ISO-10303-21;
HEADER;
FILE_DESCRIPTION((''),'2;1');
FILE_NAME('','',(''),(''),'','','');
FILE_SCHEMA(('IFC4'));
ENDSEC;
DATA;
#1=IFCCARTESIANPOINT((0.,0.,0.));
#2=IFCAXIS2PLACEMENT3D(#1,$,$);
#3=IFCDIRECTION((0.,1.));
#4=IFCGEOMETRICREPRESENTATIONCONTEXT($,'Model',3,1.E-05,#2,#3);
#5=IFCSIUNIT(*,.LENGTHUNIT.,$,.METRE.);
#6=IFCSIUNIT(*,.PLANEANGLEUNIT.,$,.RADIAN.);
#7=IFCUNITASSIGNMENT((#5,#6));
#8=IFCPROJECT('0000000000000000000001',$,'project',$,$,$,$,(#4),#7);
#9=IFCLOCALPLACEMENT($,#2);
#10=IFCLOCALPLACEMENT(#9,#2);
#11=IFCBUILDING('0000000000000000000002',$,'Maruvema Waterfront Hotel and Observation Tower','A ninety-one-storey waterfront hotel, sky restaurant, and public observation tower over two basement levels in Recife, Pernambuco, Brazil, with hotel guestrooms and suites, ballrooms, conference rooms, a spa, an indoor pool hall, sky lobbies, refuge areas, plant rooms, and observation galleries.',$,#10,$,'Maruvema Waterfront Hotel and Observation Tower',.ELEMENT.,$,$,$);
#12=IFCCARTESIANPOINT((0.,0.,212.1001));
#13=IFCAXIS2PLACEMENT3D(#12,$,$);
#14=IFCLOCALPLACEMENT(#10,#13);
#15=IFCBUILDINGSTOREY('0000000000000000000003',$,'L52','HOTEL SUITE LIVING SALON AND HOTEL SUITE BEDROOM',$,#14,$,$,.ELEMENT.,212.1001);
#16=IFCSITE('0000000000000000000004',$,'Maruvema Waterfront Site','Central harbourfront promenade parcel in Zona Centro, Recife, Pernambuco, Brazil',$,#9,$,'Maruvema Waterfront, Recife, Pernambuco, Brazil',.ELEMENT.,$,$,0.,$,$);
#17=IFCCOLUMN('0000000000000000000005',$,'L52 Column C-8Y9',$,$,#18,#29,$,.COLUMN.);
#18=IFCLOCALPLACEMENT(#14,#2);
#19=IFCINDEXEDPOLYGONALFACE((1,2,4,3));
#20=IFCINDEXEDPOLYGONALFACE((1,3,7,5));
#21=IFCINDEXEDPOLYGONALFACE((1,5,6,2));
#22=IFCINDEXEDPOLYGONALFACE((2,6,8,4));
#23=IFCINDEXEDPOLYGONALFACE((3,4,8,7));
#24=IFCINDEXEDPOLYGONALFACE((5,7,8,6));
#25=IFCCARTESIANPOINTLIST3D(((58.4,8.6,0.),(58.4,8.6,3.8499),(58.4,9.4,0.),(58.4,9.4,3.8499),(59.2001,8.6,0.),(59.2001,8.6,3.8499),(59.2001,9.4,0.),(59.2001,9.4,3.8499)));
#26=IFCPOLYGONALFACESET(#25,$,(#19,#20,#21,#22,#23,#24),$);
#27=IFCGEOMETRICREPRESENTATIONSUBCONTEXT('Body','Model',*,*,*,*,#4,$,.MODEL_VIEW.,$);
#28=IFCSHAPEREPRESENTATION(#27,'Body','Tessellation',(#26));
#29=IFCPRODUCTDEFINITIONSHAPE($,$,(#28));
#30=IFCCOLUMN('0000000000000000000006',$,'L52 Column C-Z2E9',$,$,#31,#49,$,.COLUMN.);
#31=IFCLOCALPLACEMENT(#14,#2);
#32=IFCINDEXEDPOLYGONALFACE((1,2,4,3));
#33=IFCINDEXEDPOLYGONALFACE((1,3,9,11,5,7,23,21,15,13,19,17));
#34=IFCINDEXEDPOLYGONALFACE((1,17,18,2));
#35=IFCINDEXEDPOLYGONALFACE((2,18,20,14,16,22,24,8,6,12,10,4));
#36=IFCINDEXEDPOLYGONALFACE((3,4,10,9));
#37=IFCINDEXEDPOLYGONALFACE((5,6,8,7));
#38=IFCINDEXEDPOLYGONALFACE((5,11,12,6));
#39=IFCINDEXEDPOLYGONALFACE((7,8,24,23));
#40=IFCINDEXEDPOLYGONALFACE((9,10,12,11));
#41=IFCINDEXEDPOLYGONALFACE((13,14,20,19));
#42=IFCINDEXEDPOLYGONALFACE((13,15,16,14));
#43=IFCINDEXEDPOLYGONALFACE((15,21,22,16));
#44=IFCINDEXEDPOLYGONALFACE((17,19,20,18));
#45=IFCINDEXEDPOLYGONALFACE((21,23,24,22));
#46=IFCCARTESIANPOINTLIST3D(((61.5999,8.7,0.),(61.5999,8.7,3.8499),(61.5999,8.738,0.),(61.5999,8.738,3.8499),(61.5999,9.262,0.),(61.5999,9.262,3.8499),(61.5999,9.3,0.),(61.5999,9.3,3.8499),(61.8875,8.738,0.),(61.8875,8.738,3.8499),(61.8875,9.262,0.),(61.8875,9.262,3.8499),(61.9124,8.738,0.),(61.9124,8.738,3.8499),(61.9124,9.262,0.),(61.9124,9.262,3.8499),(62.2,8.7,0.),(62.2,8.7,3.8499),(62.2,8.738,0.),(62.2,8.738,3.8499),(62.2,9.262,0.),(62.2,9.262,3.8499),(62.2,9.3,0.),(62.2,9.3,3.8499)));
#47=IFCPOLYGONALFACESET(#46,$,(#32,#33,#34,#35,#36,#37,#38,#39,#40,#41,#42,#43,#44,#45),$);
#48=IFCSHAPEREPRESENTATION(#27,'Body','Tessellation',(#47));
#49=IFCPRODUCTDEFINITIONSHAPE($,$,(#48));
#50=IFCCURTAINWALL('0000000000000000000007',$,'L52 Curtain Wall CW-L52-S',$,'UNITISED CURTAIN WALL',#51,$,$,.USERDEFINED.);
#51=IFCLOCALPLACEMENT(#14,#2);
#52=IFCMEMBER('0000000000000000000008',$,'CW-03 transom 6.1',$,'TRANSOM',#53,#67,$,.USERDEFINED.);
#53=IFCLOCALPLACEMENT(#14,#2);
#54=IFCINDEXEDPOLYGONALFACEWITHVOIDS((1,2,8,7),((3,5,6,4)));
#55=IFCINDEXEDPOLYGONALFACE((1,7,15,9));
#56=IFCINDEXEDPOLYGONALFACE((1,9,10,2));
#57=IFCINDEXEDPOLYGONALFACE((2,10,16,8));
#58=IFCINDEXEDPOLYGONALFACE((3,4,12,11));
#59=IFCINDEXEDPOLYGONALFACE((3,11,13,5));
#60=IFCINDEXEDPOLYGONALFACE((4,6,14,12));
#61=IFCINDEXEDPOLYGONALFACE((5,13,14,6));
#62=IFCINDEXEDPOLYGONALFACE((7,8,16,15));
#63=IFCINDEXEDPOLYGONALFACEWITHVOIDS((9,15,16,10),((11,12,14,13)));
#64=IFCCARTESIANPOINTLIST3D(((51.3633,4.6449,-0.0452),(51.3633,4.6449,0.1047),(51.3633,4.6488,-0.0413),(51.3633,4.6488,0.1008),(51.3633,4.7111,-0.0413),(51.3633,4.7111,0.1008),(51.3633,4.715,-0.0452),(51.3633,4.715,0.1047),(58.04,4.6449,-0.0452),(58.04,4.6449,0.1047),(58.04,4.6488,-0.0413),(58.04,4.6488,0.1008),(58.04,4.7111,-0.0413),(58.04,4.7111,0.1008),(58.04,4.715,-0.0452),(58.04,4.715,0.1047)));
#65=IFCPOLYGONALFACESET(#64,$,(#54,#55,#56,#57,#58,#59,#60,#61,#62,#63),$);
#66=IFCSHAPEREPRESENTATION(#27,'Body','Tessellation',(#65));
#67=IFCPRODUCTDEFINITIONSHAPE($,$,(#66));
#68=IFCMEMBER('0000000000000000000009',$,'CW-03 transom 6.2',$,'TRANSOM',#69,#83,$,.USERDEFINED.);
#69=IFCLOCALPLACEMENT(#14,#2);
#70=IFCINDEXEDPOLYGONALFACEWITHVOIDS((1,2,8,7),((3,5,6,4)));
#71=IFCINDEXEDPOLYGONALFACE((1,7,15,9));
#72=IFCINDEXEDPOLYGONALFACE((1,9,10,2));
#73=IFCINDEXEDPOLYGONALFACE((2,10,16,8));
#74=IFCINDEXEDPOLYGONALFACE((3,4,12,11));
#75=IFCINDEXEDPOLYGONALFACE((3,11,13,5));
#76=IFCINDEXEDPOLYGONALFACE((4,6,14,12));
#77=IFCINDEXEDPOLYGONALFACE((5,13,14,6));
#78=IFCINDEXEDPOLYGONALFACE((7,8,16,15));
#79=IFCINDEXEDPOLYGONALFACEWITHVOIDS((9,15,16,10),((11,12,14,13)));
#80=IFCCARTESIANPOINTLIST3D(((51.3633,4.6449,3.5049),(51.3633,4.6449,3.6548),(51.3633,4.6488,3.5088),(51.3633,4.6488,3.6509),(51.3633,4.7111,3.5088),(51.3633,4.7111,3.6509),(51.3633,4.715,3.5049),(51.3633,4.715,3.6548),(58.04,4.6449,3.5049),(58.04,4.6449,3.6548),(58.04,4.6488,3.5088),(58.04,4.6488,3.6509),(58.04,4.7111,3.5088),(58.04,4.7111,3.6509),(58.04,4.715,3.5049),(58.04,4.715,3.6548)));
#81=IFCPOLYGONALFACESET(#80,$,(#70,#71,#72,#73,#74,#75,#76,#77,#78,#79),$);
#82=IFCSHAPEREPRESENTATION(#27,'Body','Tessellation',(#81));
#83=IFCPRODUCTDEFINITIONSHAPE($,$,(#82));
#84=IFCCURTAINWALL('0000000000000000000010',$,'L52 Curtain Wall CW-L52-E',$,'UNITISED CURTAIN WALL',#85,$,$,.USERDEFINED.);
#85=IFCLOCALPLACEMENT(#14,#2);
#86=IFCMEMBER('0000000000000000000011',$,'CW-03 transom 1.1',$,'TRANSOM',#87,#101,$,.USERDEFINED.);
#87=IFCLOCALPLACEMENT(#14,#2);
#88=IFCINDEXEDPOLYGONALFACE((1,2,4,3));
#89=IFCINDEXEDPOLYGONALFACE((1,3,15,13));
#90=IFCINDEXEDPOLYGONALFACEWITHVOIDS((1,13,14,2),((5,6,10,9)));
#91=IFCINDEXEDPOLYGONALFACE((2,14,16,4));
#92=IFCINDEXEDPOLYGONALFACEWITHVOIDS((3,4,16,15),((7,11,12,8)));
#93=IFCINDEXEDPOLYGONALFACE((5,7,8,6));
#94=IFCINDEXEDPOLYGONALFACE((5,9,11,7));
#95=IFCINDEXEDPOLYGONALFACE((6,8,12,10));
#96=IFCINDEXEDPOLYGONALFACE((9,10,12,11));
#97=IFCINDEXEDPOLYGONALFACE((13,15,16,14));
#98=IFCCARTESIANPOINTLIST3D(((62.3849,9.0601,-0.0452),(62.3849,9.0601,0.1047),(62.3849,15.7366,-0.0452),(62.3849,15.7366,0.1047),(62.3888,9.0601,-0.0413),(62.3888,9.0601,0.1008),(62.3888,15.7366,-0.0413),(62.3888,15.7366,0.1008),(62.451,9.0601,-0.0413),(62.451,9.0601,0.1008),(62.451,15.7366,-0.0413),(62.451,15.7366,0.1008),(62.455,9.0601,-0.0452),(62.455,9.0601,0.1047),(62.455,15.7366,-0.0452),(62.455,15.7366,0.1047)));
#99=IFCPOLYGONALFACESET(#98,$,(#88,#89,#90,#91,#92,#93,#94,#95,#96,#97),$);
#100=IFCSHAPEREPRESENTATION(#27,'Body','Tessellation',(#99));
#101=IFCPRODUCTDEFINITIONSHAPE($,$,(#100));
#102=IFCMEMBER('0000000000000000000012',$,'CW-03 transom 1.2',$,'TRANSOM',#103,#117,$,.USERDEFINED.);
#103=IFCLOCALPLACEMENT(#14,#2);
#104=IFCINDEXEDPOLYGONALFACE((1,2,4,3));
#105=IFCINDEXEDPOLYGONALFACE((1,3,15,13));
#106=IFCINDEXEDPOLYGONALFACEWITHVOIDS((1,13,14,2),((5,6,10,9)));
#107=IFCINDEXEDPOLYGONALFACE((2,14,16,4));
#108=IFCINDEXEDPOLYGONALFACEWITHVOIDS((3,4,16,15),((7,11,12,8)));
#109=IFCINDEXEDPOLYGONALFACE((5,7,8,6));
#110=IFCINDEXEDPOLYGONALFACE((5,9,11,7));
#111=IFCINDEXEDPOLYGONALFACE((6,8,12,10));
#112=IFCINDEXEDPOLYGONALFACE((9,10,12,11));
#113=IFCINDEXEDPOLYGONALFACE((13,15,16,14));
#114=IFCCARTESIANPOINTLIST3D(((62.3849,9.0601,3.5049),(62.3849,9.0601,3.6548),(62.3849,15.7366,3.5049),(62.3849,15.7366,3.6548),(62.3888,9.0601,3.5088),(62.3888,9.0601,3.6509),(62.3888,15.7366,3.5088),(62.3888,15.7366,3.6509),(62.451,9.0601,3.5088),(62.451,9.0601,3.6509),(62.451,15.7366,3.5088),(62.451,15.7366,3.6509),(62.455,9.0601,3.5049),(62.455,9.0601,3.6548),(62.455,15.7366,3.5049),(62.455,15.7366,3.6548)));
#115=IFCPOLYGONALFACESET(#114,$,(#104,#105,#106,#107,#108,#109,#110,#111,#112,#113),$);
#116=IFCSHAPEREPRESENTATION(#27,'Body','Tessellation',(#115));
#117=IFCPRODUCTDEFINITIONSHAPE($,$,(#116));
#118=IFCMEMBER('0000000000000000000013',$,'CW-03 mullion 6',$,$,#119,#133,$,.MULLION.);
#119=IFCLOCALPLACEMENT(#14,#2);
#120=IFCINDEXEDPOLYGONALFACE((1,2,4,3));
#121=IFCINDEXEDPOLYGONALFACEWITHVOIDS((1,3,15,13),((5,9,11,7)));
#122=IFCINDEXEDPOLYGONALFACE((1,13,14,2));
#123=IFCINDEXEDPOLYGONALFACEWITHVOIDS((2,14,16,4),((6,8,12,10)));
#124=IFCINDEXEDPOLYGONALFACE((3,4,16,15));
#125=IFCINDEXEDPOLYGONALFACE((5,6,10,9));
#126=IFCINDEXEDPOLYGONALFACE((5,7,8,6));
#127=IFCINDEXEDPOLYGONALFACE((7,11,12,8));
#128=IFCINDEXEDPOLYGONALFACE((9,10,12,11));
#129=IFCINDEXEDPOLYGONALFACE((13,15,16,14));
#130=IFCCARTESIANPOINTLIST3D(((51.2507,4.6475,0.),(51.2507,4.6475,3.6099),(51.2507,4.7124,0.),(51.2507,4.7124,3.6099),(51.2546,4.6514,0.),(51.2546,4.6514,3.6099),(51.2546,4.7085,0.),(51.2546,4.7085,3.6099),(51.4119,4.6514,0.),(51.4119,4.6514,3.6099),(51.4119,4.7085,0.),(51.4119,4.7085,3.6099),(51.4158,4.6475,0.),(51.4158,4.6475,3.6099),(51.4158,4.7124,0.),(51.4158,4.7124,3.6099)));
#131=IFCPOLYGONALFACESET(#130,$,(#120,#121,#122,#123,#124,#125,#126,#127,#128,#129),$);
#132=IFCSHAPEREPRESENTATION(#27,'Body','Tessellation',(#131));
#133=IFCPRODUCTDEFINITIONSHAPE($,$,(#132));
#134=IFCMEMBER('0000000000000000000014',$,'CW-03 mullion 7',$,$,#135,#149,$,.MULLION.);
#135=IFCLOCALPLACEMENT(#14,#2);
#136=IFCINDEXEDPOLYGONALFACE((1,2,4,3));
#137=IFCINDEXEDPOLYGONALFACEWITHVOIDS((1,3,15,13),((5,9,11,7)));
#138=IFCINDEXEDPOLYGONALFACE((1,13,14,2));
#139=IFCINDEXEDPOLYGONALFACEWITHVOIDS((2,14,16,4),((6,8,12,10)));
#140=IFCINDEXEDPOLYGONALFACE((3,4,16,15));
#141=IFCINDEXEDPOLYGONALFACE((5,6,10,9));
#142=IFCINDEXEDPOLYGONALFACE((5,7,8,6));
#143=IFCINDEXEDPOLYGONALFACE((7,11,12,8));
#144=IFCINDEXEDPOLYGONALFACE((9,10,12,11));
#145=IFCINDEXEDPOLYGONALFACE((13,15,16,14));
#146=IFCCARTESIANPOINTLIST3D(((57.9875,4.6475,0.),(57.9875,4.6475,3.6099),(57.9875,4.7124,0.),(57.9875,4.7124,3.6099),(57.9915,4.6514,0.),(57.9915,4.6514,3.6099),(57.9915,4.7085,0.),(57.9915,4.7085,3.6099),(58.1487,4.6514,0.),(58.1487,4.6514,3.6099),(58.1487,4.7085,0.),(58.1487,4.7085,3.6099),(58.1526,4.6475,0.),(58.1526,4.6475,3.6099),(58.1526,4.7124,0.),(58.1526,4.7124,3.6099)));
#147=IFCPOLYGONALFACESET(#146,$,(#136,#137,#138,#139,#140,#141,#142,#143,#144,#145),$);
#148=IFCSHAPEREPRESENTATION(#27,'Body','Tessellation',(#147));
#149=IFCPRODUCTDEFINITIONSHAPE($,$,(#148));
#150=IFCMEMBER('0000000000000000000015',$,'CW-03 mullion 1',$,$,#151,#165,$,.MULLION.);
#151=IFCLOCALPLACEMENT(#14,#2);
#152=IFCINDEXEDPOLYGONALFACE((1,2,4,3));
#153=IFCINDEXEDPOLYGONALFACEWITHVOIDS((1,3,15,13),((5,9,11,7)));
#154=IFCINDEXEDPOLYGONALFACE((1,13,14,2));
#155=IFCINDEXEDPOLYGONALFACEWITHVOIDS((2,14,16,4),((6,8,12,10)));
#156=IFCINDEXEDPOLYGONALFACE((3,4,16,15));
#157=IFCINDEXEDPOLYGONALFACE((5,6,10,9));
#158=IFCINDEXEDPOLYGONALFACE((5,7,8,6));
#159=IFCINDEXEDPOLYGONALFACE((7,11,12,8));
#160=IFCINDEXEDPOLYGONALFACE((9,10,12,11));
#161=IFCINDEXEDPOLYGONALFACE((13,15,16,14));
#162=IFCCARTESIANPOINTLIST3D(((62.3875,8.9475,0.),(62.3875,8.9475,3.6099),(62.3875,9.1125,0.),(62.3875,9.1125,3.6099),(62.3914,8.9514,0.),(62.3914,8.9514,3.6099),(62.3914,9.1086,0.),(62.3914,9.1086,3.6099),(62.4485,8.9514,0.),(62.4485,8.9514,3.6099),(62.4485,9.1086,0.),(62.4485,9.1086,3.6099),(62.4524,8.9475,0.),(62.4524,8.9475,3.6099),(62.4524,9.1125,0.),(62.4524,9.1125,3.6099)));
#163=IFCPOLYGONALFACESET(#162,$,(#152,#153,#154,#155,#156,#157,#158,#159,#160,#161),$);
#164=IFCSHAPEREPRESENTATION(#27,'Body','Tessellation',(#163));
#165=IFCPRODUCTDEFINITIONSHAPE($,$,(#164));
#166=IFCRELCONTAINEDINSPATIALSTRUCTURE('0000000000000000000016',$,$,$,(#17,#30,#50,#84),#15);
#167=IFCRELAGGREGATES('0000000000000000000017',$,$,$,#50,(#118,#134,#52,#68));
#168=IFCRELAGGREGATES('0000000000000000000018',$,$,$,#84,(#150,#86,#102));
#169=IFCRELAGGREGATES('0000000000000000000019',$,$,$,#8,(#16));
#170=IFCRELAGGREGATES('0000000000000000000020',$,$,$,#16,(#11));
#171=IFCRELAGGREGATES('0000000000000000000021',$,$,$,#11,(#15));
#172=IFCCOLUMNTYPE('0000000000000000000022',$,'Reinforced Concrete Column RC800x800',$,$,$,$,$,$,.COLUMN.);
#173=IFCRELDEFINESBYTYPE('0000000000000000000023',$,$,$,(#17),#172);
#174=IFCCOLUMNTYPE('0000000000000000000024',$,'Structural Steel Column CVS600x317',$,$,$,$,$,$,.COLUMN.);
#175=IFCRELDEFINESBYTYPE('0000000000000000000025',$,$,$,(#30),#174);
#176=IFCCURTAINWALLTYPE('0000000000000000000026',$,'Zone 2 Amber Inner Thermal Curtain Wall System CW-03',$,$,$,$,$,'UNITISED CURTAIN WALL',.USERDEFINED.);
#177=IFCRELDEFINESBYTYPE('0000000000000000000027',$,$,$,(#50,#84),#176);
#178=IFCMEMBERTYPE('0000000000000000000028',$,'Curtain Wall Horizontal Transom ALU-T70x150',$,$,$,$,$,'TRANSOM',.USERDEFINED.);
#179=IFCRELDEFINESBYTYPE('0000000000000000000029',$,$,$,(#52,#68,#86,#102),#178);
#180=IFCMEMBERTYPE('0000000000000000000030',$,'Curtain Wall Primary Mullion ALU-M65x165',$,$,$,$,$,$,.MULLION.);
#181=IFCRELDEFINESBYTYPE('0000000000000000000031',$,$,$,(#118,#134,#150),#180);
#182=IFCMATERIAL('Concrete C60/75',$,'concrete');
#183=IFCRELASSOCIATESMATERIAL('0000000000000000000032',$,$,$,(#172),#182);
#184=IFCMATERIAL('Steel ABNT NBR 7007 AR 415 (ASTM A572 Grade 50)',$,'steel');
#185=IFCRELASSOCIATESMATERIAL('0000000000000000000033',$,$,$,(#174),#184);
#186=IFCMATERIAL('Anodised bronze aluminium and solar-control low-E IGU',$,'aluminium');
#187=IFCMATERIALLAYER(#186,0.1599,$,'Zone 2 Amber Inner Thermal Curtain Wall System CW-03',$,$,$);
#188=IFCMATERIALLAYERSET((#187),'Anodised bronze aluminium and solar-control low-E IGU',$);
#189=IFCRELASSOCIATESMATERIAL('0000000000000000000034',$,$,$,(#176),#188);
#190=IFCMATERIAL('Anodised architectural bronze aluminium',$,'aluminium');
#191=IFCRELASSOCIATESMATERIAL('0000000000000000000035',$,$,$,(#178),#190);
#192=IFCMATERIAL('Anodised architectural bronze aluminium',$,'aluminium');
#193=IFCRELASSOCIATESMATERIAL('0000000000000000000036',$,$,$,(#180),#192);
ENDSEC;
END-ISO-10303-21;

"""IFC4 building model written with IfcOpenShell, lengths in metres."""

from ifc_helpers import new_model, si_unit, direction, frame, origin, origin_2d, place, context, subcontext, project, spatial, rectangle, hollow_rectangle, i_section, extrude, material, layer, layer_set, material_profile, profile_set, type_object, element, aggregate, save


model = new_model("IFC4")

# Units and contexts
model_context = context("Model", 3, precision=1e-05, world=origin(), true_north=direction((0.0, 1.0)))
body_context = subcontext(model_context, "Body", "Model", "MODEL_VIEW")
ifc_project = project(units=[si_unit("LENGTHUNIT", "METRE"), si_unit("PLANEANGLEUNIT", "RADIAN")], contexts=[model_context])

# Site, building, storey
site_placement = place(None, origin())
site = spatial("IfcSite", under=ifc_project, at=site_placement, Name="Maruvema Waterfront Site", Description="Central harbourfront promenade parcel in Zona Centro, Recife, Pernambuco, Brazil", LongName="Maruvema Waterfront, Recife, Pernambuco, Brazil", CompositionType="ELEMENT", RefElevation=0.0)
building_placement = place(site_placement, origin())
building = spatial("IfcBuilding", under=site, at=building_placement, Name="Maruvema Waterfront Hotel and Observation Tower", Description="A ninety-one-storey waterfront hotel, sky restaurant, and public observation tower over two basement levels in Recife, Pernambuco, Brazil, with hotel guestrooms and suites, ballrooms, conference rooms, a spa, an indoor pool hall, sky lobbies, refuge areas, plant rooms, and observation galleries.", LongName="Maruvema Waterfront Hotel and Observation Tower", CompositionType="ELEMENT")
storey_placement = place(building_placement, frame((0.0, 0.0, 212.1001)))
storey = spatial("IfcBuildingStorey", under=building, at=storey_placement, Name="L52", Description="HOTEL SUITE LIVING SALON AND HOTEL SUITE BEDROOM", CompositionType="ELEMENT", Elevation=212.1001)

# Columns
ifc_material_1 = material(Name="Concrete C60/75", Category="concrete")
ifc_material_profile_1 = material_profile(ifc_material_1, rectangle(XDim=0.8, YDim=0.8, at=origin_2d()), Name="RC800x800")
ifc_profile_set_1 = profile_set([ifc_material_profile_1], Name="Concrete C60/75")
column_type_1 = type_object("IfcColumnType", Name="Reinforced Concrete Column RC800x800", PredefinedType="COLUMN", material=ifc_profile_set_1)
column_1_placement = place(storey_placement, frame((58.8, 9.0, 0.0), z_axis=(0.0, 0.0, 1.0), x_axis=(1.0, 0.0, 0.0)))
element("IfcColumn", 1, at=column_1_placement, inside=storey, type_object=column_type_1, Name="L52 Column C-8Y9", PredefinedType="COLUMN", context=body_context, shape_type="SweptSolid", body=[
    extrude(rectangle(XDim=0.8, YDim=0.8, at=origin_2d()), origin(), (0.0, 0.0, 1.0), 3.8499),
])
ifc_material_2 = material(Name="Steel ABNT NBR 7007 AR 415 (ASTM A572 Grade 50)", Category="steel")
ifc_material_profile_2 = material_profile(ifc_material_2, i_section(OverallWidth=0.6001, OverallDepth=0.6001, WebThickness=0.0249, FlangeThickness=0.0381, at=origin_2d()), Name="CVS600x317")
ifc_profile_set_2 = profile_set([ifc_material_profile_2], Name="Steel ABNT NBR 7007 AR 415 (ASTM A572 Grade 50)")
column_type_2 = type_object("IfcColumnType", Name="Structural Steel Column CVS600x317", PredefinedType="COLUMN", material=ifc_profile_set_2)
column_2_placement = place(storey_placement, frame((61.8999, 9.0, 0.0), z_axis=(0.0, 0.0, 1.0), x_axis=(1.0, 0.0, 0.0)))
element("IfcColumn", 2, at=column_2_placement, inside=storey, type_object=column_type_2, Name="L52 Column C-Z2E9", PredefinedType="COLUMN", context=body_context, shape_type="SweptSolid", body=[
    extrude(i_section(OverallWidth=0.6001, OverallDepth=0.6001, WebThickness=0.0249, FlangeThickness=0.0381, at=origin_2d()), origin(), (0.0, 0.0, 1.0), 3.8499),
])

# Curtain walls, members
ifc_material_3 = material(Name="Anodised bronze aluminium and solar-control low-E IGU", Category="aluminium")
ifc_layer_1 = layer(ifc_material_3, 0.1599, Name="Zone 2 Amber Inner Thermal Curtain Wall System CW-03")
ifc_layer_set_1 = layer_set([ifc_layer_1], Name="Anodised bronze aluminium and solar-control low-E IGU")
curtain_wall_type = type_object("IfcCurtainWallType", Name="Zone 2 Amber Inner Thermal Curtain Wall System CW-03", ElementType="UNITISED CURTAIN WALL", PredefinedType="USERDEFINED", material=ifc_layer_set_1)
curtain_wall_1_placement = place(storey_placement, origin())
curtain_wall_1 = element("IfcCurtainWall", 3, at=curtain_wall_1_placement, inside=storey, type_object=curtain_wall_type, Name="L52 Curtain Wall CW-L52-S", ObjectType="UNITISED CURTAIN WALL", PredefinedType="USERDEFINED")
ifc_material_4 = material(Name="Anodised architectural bronze aluminium", Category="aluminium")
ifc_material_profile_3 = material_profile(ifc_material_4, hollow_rectangle(XDim=0.0701, YDim=0.1499, WallThickness=0.0039, at=origin_2d()), Name="ALU-T70x150")
ifc_profile_set_3 = profile_set([ifc_material_profile_3], Name="Anodised architectural bronze aluminium")
member_type_1 = type_object("IfcMemberType", Name="Curtain Wall Horizontal Transom ALU-T70x150", ElementType="TRANSOM", PredefinedType="USERDEFINED", material=ifc_profile_set_3)
member_1_placement = place(storey_placement, frame((51.3633, 4.6799, 0.0298), z_axis=(1.0, 0.0, 0.0), x_axis=(0.0, 1.0, 0.0)))
member_1 = element("IfcMember", 4, at=member_1_placement, type_object=member_type_1, Name="CW-03 transom 6.1", ObjectType="TRANSOM", PredefinedType="USERDEFINED", context=body_context, shape_type="SweptSolid", body=[
    extrude(hollow_rectangle(XDim=0.0701, YDim=0.1499, WallThickness=0.0039, at=origin_2d()), origin(), (0.0, 0.0, 1.0), 6.6768),
])
member_2_placement = place(storey_placement, frame((51.3633, 4.6799, 3.5798), z_axis=(1.0, 0.0, 0.0), x_axis=(0.0, 1.0, 0.0)))
member_2 = element("IfcMember", 5, at=member_2_placement, type_object=member_type_1, Name="CW-03 transom 6.2", ObjectType="TRANSOM", PredefinedType="USERDEFINED", context=body_context, shape_type="SweptSolid", body=[
    extrude(hollow_rectangle(XDim=0.0701, YDim=0.1499, WallThickness=0.0039, at=origin_2d()), origin(), (0.0, 0.0, 1.0), 6.6768),
])
curtain_wall_2_placement = place(storey_placement, origin())
curtain_wall_2 = element("IfcCurtainWall", 6, at=curtain_wall_2_placement, inside=storey, type_object=curtain_wall_type, Name="L52 Curtain Wall CW-L52-E", ObjectType="UNITISED CURTAIN WALL", PredefinedType="USERDEFINED")
member_3_placement = place(storey_placement, frame((62.4199, 9.0601, 0.0298), z_axis=(0.0, 1.0, 0.0), x_axis=(-1.0, 0.0, 0.0)))
member_3 = element("IfcMember", 7, at=member_3_placement, type_object=member_type_1, Name="CW-03 transom 1.1", ObjectType="TRANSOM", PredefinedType="USERDEFINED", context=body_context, shape_type="SweptSolid", body=[
    extrude(hollow_rectangle(XDim=0.0701, YDim=0.1499, WallThickness=0.0039, at=origin_2d()), origin(), (0.0, 0.0, 1.0), 6.6765),
])
member_4_placement = place(storey_placement, frame((62.4199, 9.0601, 3.5798), z_axis=(0.0, 1.0, 0.0), x_axis=(-1.0, 0.0, 0.0)))
member_4 = element("IfcMember", 8, at=member_4_placement, type_object=member_type_1, Name="CW-03 transom 1.2", ObjectType="TRANSOM", PredefinedType="USERDEFINED", context=body_context, shape_type="SweptSolid", body=[
    extrude(hollow_rectangle(XDim=0.0701, YDim=0.1499, WallThickness=0.0039, at=origin_2d()), origin(), (0.0, 0.0, 1.0), 6.6765),
])

# Members
ifc_material_5 = material(Name="Anodised architectural bronze aluminium", Category="aluminium")
ifc_material_profile_4 = material_profile(ifc_material_5, hollow_rectangle(XDim=0.0649, YDim=0.165, WallThickness=0.0039, at=origin_2d()), Name="ALU-M65x165")
ifc_profile_set_4 = profile_set([ifc_material_profile_4], Name="Anodised architectural bronze aluminium")
member_type_2 = type_object("IfcMemberType", Name="Curtain Wall Primary Mullion ALU-M65x165", PredefinedType="MULLION", material=ifc_profile_set_4)
member_5_placement = place(storey_placement, frame((51.3333, 4.6799, 0.0), z_axis=(0.0, 0.0, 1.0), x_axis=(0.0, 1.0, 0.0)))
member_5 = element("IfcMember", 9, at=member_5_placement, type_object=member_type_2, Name="CW-03 mullion 6", PredefinedType="MULLION", context=body_context, shape_type="SweptSolid", body=[
    extrude(hollow_rectangle(XDim=0.0649, YDim=0.165, WallThickness=0.0039, at=origin_2d()), origin(), (0.0, 0.0, 1.0), 3.6099),
])
member_6_placement = place(storey_placement, frame((58.0701, 4.6799, 0.0), z_axis=(0.0, 0.0, 1.0), x_axis=(0.0, 1.0, 0.0)))
member_6 = element("IfcMember", 10, at=member_6_placement, type_object=member_type_2, Name="CW-03 mullion 7", PredefinedType="MULLION", context=body_context, shape_type="SweptSolid", body=[
    extrude(hollow_rectangle(XDim=0.0649, YDim=0.165, WallThickness=0.0039, at=origin_2d()), origin(), (0.0, 0.0, 1.0), 3.6099),
])
member_7_placement = place(storey_placement, frame((62.4199, 9.03, 0.0), z_axis=(0.0, 0.0, 1.0), x_axis=(-1.0, 0.0, 0.0)))
member_7 = element("IfcMember", 11, at=member_7_placement, type_object=member_type_2, Name="CW-03 mullion 1", PredefinedType="MULLION", context=body_context, shape_type="SweptSolid", body=[
    extrude(hollow_rectangle(XDim=0.0649, YDim=0.165, WallThickness=0.0039, at=origin_2d()), origin(), (0.0, 0.0, 1.0), 3.6099),
])

aggregate(curtain_wall_1, [member_5, member_6, member_1, member_2])
aggregate(curtain_wall_2, [member_7, member_3, member_4])

save(model, "model.ifc")
